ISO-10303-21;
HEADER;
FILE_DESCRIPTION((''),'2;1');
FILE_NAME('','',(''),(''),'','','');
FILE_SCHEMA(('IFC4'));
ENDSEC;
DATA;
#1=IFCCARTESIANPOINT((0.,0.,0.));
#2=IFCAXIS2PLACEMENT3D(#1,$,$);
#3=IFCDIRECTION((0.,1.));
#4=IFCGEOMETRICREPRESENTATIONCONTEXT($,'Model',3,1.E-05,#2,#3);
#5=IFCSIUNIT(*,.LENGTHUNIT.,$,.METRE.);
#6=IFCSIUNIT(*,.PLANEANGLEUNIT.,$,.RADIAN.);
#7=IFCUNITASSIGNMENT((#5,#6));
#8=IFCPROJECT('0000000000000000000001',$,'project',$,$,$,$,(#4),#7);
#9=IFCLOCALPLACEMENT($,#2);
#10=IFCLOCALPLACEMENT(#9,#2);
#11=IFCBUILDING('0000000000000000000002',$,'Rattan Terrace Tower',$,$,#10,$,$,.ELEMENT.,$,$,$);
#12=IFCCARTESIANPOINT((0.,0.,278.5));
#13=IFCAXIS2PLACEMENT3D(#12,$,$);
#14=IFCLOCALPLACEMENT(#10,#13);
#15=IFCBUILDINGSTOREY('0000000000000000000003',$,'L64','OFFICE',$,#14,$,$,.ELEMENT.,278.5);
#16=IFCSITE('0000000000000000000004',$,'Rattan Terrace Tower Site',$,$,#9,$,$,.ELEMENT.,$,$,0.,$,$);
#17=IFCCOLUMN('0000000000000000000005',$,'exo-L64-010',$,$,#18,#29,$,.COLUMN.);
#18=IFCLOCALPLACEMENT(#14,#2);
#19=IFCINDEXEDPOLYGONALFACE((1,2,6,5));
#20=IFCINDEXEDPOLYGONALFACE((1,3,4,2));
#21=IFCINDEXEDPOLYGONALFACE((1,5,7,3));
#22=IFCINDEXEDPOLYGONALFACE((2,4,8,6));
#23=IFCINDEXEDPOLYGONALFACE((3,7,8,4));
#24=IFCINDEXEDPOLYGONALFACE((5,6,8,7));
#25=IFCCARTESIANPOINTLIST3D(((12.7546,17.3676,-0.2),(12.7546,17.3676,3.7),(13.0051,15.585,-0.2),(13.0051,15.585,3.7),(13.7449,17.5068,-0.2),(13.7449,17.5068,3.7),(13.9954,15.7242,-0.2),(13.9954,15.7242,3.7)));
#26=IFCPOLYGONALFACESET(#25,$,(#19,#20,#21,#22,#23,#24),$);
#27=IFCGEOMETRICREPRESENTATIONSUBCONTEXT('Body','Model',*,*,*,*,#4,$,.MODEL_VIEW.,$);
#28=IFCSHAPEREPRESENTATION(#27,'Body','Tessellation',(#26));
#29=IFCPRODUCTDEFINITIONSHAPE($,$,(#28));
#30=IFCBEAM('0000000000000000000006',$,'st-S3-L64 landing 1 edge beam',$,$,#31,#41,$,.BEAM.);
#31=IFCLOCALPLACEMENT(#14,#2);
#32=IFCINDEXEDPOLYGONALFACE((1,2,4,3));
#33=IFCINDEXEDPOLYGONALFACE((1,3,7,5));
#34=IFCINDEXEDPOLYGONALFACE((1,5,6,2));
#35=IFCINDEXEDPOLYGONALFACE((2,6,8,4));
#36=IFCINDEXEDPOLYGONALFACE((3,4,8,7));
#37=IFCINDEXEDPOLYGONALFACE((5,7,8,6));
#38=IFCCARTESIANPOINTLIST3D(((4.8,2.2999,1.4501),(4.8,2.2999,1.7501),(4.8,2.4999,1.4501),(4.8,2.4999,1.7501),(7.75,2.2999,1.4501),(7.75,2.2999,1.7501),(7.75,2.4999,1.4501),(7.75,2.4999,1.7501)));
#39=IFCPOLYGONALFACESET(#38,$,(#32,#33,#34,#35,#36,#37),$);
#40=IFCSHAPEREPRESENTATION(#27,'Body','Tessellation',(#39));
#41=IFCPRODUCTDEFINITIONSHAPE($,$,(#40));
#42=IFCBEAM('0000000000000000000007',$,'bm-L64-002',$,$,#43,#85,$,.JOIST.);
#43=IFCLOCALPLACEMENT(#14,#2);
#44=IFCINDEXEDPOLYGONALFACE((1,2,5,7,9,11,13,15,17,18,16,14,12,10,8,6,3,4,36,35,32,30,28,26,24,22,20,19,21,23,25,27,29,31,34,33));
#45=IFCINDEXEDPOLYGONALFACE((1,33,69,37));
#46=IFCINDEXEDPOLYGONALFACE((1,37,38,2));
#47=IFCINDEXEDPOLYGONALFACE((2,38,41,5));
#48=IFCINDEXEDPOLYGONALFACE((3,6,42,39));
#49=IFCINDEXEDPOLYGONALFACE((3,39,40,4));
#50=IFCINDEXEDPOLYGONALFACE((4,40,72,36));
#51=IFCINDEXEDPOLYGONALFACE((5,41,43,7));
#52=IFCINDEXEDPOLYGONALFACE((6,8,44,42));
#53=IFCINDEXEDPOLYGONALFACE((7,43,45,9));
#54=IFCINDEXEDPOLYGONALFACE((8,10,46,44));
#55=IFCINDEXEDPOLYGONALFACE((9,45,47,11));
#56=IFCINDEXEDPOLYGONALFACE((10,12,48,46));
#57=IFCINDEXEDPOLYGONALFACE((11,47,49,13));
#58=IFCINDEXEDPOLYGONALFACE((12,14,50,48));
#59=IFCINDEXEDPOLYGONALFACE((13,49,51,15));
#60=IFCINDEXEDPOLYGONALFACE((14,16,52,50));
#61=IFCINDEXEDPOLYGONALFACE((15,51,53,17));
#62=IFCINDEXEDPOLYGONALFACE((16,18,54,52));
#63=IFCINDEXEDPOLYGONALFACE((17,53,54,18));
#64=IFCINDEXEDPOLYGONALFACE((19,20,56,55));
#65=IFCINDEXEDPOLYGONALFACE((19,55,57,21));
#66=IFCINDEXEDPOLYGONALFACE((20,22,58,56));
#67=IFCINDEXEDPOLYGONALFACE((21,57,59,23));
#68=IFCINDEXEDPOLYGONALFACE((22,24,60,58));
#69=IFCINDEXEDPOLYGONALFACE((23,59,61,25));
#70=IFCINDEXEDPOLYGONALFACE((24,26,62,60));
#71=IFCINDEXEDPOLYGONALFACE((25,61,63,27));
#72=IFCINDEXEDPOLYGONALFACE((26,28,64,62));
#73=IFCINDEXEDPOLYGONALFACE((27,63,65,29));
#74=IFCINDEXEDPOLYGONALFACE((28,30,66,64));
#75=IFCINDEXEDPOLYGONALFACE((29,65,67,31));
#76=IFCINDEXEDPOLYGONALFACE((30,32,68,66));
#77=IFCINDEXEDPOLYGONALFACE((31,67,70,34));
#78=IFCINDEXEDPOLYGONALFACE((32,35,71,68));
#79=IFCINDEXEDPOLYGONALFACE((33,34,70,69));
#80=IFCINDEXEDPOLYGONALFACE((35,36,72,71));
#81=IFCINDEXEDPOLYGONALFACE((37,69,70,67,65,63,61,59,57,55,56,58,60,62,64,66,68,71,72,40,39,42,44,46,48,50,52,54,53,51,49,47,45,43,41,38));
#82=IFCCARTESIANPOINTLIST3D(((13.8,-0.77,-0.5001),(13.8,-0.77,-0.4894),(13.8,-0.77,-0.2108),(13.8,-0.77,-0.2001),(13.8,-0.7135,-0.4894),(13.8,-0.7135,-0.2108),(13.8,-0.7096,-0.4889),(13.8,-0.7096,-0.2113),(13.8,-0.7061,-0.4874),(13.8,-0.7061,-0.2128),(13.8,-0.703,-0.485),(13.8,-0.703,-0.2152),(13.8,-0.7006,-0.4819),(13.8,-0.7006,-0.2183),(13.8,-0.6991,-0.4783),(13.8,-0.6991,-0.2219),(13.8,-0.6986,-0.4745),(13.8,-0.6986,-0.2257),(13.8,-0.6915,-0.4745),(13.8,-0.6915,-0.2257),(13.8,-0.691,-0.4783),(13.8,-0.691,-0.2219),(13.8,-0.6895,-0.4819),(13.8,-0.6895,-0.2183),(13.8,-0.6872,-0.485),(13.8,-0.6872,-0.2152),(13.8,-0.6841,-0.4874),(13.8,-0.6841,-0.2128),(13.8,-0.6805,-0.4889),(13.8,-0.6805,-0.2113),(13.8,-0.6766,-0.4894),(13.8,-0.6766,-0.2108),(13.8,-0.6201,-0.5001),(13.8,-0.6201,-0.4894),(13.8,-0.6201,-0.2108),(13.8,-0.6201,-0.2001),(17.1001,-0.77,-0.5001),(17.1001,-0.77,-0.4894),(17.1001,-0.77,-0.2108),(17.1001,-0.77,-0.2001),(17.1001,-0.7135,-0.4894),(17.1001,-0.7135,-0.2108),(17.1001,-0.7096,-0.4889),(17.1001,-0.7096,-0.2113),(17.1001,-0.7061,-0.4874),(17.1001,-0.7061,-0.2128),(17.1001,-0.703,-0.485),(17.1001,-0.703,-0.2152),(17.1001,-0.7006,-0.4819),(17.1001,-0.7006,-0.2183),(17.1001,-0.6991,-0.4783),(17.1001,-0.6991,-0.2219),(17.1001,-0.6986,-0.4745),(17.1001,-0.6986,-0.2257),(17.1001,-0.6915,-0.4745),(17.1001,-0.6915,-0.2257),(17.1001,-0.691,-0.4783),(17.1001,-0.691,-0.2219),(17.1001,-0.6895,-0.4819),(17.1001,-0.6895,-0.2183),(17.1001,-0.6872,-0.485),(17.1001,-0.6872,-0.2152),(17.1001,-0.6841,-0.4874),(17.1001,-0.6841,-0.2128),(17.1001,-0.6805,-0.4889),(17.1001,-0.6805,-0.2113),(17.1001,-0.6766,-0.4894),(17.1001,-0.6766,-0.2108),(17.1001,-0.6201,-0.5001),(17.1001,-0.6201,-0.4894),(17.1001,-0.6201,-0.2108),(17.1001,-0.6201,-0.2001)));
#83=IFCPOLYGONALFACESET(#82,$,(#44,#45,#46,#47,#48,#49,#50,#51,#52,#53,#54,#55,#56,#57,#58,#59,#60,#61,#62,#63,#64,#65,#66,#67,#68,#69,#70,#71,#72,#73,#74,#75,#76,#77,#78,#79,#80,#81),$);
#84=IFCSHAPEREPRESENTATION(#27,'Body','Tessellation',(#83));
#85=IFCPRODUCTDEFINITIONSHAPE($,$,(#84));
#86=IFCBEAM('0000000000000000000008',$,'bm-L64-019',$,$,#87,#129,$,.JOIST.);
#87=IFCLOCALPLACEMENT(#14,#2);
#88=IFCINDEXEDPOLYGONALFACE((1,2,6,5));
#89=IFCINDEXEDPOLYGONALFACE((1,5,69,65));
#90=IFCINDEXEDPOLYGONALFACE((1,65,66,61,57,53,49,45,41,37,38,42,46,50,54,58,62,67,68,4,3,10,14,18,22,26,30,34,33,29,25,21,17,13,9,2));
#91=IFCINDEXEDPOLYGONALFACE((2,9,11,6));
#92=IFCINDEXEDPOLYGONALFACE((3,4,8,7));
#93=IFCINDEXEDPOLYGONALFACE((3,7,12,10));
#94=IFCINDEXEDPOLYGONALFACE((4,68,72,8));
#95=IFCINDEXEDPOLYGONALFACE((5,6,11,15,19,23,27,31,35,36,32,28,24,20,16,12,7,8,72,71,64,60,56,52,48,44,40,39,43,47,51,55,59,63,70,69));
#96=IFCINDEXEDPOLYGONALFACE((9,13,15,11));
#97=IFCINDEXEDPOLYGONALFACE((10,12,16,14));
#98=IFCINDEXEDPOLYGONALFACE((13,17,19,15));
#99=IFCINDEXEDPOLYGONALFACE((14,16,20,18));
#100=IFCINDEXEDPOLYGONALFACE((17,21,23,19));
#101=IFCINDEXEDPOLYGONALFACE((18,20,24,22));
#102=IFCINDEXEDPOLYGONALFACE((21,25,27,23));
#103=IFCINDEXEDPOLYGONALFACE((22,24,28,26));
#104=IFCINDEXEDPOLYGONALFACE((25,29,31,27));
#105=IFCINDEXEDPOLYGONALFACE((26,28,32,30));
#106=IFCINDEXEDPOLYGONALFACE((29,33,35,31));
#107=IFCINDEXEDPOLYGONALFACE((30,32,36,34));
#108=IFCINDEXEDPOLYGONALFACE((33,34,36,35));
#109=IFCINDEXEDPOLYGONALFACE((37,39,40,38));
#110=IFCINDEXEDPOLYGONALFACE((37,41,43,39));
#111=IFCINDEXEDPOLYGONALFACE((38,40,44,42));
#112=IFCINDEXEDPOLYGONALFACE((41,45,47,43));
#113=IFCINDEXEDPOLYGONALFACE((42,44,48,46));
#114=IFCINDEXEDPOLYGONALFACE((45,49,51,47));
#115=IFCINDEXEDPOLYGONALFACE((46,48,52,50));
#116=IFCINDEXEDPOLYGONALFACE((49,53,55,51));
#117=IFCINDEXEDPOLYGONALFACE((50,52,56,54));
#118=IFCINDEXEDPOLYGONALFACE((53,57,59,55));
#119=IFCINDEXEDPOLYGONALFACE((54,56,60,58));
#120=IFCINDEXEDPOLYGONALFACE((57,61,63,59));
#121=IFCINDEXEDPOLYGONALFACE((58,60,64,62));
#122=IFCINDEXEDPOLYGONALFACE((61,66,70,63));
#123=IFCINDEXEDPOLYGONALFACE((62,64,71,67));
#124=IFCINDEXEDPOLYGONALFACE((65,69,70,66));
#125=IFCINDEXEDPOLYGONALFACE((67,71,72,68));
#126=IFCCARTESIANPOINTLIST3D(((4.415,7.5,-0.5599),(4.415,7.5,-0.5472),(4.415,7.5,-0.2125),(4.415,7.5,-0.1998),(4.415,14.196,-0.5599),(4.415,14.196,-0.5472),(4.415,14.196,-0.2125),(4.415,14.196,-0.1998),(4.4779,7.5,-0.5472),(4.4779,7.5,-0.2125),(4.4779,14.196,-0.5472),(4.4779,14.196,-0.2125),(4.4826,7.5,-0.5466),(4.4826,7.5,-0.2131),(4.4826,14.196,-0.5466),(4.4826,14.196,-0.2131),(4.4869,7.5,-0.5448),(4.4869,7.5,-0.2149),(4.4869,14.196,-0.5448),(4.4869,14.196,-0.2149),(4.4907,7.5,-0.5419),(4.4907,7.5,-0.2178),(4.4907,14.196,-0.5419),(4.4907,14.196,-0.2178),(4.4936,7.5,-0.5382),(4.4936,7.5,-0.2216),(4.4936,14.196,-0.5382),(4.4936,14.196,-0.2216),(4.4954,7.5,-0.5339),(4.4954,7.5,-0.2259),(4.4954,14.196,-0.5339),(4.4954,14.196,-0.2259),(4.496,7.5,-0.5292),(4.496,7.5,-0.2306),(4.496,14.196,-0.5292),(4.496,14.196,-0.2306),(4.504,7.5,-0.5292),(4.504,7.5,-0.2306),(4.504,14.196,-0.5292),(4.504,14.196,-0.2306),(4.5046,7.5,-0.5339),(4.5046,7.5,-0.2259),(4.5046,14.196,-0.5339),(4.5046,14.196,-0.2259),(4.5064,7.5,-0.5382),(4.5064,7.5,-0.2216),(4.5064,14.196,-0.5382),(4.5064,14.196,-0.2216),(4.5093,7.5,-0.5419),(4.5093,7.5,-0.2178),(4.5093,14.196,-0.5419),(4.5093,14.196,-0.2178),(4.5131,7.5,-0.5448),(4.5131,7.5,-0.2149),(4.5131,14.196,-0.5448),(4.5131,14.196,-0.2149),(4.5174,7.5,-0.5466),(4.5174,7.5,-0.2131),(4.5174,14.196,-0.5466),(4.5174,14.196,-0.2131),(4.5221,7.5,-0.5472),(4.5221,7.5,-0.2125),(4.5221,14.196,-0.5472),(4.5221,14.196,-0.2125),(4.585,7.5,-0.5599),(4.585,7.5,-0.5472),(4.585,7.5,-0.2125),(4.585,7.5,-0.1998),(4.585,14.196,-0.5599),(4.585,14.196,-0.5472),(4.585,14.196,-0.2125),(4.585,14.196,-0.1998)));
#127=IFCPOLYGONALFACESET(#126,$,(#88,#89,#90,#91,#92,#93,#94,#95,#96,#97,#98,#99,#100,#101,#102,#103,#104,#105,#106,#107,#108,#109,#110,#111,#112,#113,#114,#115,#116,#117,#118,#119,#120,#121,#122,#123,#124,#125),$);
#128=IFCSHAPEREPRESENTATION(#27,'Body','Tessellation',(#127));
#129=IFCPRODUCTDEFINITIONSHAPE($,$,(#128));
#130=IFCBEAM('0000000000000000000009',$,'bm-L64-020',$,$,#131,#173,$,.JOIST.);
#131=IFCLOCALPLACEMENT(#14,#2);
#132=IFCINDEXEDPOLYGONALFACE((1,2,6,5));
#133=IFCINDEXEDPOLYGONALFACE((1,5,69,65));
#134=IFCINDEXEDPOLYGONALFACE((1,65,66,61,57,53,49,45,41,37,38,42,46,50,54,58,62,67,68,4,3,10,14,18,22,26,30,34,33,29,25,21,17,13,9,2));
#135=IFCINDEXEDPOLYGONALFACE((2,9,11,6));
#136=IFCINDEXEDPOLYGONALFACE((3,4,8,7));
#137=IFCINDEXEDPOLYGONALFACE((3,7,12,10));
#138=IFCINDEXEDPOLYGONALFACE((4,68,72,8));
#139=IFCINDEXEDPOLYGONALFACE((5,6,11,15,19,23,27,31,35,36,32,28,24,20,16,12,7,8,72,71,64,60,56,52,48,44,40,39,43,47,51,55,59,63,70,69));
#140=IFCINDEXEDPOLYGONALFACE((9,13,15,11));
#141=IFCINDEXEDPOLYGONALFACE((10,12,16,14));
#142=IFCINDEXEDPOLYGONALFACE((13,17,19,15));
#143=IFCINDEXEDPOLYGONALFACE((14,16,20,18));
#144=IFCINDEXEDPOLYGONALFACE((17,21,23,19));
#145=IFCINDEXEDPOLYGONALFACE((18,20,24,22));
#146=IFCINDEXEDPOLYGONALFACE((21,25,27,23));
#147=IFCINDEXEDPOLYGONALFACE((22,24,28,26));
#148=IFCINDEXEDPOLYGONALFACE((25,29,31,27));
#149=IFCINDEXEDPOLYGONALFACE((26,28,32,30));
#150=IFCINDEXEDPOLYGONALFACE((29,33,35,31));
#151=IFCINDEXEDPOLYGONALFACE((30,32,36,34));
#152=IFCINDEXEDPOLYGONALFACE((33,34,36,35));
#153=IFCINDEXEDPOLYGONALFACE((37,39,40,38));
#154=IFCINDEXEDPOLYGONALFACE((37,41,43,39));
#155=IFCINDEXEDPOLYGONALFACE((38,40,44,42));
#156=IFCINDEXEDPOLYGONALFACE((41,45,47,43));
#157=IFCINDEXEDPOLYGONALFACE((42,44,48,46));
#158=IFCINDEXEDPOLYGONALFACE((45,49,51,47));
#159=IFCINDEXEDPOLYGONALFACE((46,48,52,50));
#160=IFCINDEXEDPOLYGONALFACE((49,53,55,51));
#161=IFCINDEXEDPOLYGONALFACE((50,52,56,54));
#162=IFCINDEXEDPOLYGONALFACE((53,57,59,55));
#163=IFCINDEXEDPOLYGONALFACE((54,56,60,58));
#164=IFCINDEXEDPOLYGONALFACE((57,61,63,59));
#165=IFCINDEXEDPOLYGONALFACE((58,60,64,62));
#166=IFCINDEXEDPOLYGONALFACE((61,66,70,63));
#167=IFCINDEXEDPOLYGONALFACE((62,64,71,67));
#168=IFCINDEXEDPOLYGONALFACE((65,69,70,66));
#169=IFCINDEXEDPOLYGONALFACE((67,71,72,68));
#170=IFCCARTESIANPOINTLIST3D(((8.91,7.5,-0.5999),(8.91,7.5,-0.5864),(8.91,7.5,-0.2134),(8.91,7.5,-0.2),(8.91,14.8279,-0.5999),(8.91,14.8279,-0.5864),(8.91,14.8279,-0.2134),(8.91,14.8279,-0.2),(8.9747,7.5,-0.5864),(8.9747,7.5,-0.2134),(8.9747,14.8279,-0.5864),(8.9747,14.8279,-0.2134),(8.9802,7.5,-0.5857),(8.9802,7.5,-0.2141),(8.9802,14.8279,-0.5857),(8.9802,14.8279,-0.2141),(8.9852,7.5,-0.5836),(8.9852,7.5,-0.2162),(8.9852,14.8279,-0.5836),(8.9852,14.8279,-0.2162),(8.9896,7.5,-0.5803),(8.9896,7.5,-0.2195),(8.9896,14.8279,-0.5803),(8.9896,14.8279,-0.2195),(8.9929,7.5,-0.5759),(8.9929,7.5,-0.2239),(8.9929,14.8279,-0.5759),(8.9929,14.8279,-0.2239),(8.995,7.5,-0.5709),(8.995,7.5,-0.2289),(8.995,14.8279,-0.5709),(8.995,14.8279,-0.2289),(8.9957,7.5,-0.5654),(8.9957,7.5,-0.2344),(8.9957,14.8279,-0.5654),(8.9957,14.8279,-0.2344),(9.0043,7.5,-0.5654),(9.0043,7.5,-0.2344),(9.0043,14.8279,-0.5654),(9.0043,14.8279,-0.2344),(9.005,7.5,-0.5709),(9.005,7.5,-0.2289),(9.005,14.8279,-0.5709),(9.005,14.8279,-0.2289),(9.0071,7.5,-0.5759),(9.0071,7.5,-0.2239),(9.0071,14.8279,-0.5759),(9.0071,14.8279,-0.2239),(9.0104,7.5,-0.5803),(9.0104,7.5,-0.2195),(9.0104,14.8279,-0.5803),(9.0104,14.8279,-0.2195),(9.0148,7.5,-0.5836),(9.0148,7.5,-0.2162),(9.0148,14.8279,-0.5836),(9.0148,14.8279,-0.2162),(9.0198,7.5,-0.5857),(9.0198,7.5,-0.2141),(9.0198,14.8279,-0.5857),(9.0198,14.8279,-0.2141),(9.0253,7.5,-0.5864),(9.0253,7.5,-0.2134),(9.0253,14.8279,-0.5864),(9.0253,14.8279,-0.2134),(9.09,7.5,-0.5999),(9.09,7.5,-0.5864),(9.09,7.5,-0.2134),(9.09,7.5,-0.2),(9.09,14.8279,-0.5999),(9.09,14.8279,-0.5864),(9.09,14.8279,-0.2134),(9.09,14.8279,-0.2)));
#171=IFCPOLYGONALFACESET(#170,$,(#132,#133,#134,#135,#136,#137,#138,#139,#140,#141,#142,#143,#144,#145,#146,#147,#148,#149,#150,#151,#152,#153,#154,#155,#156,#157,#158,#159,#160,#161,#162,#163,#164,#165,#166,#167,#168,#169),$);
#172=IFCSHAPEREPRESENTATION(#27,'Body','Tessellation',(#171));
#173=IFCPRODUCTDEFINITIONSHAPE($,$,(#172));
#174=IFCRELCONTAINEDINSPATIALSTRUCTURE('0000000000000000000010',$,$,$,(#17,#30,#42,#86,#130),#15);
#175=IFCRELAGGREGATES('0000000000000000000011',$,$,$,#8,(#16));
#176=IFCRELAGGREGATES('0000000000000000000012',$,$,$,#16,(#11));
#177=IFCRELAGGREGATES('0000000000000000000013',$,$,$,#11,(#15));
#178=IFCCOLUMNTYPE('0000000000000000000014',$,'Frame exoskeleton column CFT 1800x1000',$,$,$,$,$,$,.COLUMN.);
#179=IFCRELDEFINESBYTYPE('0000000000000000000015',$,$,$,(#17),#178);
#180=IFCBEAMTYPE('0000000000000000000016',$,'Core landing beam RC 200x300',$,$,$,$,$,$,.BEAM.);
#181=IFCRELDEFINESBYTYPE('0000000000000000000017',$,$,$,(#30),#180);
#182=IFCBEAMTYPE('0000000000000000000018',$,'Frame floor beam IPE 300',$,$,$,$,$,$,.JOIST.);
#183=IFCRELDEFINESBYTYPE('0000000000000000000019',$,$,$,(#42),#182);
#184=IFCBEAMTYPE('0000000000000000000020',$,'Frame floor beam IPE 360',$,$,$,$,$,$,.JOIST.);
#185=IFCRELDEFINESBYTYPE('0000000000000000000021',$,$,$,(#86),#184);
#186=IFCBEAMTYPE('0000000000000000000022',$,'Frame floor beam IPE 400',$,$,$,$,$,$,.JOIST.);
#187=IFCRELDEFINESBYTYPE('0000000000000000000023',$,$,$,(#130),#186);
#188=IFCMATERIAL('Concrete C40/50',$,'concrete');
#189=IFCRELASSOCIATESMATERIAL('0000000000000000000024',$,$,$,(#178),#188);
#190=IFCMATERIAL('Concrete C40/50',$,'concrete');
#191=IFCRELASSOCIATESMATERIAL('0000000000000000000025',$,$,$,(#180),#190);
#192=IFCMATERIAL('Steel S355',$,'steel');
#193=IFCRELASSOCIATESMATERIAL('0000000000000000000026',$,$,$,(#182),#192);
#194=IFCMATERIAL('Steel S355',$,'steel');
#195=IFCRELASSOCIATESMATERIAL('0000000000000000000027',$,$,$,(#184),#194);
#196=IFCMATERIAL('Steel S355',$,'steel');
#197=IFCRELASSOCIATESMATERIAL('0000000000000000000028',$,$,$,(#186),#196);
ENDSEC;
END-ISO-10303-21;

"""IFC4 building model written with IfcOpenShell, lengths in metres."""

from ifc_helpers import new_model, si_unit, direction, frame, origin, origin_2d, place, context, subcontext, project, spatial, rectangle, i_section, extrude, material, material_profile, profile_set, type_object, element, save


model = new_model("IFC4")

# Units and contexts
model_context = context("Model", 3, precision=1e-05, world=origin(), true_north=direction((0.0, 1.0)))
body_context = subcontext(model_context, "Body", "Model", "MODEL_VIEW")
ifc_project = project(units=[si_unit("LENGTHUNIT", "METRE"), si_unit("PLANEANGLEUNIT", "RADIAN")], contexts=[model_context])

# Site, building, storey
site_placement = place(None, origin())
site = spatial("IfcSite", under=ifc_project, at=site_placement, Name="Rattan Terrace Tower Site", CompositionType="ELEMENT", RefElevation=0.0)
building_placement = place(site_placement, origin())
building = spatial("IfcBuilding", under=site, at=building_placement, Name="Rattan Terrace Tower", CompositionType="ELEMENT")
storey_placement = place(building_placement, frame((0.0, 0.0, 278.5)))
storey = spatial("IfcBuildingStorey", under=building, at=storey_placement, Name="L64", Description="OFFICE", CompositionType="ELEMENT", Elevation=278.5)

# Column
ifc_material_1 = material(Name="Concrete C40/50", Category="concrete")
ifc_material_profile_1 = material_profile(ifc_material_1, rectangle(XDim=1.0, YDim=1.8, at=origin_2d()), Name="CFT 1800x1000")
ifc_profile_set_1 = profile_set([ifc_material_profile_1], Name="Concrete C40/50")
column_type = type_object("IfcColumnType", Name="Frame exoskeleton column CFT 1800x1000", PredefinedType="COLUMN", material=ifc_profile_set_1)
column_placement = place(storey_placement, frame((13.375, 16.5459, -0.2), z_axis=(0.0, 0.0, 1.0), x_axis=(0.990266, 0.13919, 0.0)))
element("IfcColumn", 1, at=column_placement, inside=storey, type_object=column_type, Name="exo-L64-010", PredefinedType="COLUMN", context=body_context, shape_type="SweptSolid", body=[
    extrude(rectangle(XDim=1.0, YDim=1.8, at=origin_2d()), origin(), (0.0, 0.0, 1.0), 3.8999),
])

# Beams
ifc_material_2 = material(Name="Concrete C40/50", Category="concrete")
ifc_material_profile_2 = material_profile(ifc_material_2, rectangle(XDim=0.2, YDim=0.3, at=origin_2d()), Name="RC 200x300")
ifc_profile_set_2 = profile_set([ifc_material_profile_2], Name="Concrete C40/50")
beam_type_1 = type_object("IfcBeamType", Name="Core landing beam RC 200x300", PredefinedType="BEAM", material=ifc_profile_set_2)
beam_1_placement = place(storey_placement, frame((4.8, 2.3999, 1.6001), z_axis=(1.0, 0.0, 0.0), x_axis=(0.0, 1.0, 0.0)))
element("IfcBeam", 2, at=beam_1_placement, inside=storey, type_object=beam_type_1, Name="st-S3-L64 landing 1 edge beam", PredefinedType="BEAM", context=body_context, shape_type="SweptSolid", body=[
    extrude(rectangle(XDim=0.2, YDim=0.3, at=origin_2d()), origin(), (0.0, 0.0, 1.0), 2.95),
])
ifc_material_3 = material(Name="Steel S355", Category="steel")
ifc_material_profile_3 = material_profile(ifc_material_3, i_section(OverallWidth=0.1499, OverallDepth=0.3, WebThickness=0.0071, FlangeThickness=0.0107, FilletRadius=0.0149, at=origin_2d()), Name="IPE 300")
ifc_profile_set_3 = profile_set([ifc_material_profile_3], Name="Steel S355")
beam_type_2 = type_object("IfcBeamType", Name="Frame floor beam IPE 300", PredefinedType="JOIST", material=ifc_profile_set_3)
beam_2_placement = place(storey_placement, frame((13.8, -0.6951, -0.3501), z_axis=(1.0, 0.0, 0.0), x_axis=(0.0, 1.0, 0.0)))
element("IfcBeam", 3, at=beam_2_placement, inside=storey, type_object=beam_type_2, Name="bm-L64-002", PredefinedType="JOIST", context=body_context, shape_type="SweptSolid", body=[
    extrude(i_section(OverallWidth=0.1499, OverallDepth=0.3, WebThickness=0.0071, FlangeThickness=0.0107, FilletRadius=0.0149, at=origin_2d()), origin(), (0.0, 0.0, 1.0), 3.3),
])
ifc_material_4 = material(Name="Steel S355", Category="steel")
ifc_material_profile_4 = material_profile(ifc_material_4, i_section(OverallWidth=0.1699, OverallDepth=0.3601, WebThickness=0.0081, FlangeThickness=0.0127, FilletRadius=0.0181, at=origin_2d()), Name="IPE 360")
ifc_profile_set_4 = profile_set([ifc_material_profile_4], Name="Steel S355")
beam_type_3 = type_object("IfcBeamType", Name="Frame floor beam IPE 360", PredefinedType="JOIST", material=ifc_profile_set_4)
beam_3_placement = place(storey_placement, frame((4.5, 7.5, -0.3799), z_axis=(0.0, 1.0, 0.0), x_axis=(-1.0, 0.0, 0.0)))
element("IfcBeam", 4, at=beam_3_placement, inside=storey, type_object=beam_type_3, Name="bm-L64-019", PredefinedType="JOIST", context=body_context, shape_type="SweptSolid", body=[
    extrude(i_section(OverallWidth=0.1699, OverallDepth=0.3601, WebThickness=0.0081, FlangeThickness=0.0127, FilletRadius=0.0181, at=origin_2d()), origin(), (0.0, 0.0, 1.0), 6.696),
])
ifc_material_5 = material(Name="Steel S355", Category="steel")
ifc_material_profile_5 = material_profile(ifc_material_5, i_section(OverallWidth=0.1799, OverallDepth=0.3999, WebThickness=0.0085, FlangeThickness=0.0134, FilletRadius=0.021, at=origin_2d()), Name="IPE 400")
ifc_profile_set_5 = profile_set([ifc_material_profile_5], Name="Steel S355")
beam_type_4 = type_object("IfcBeamType", Name="Frame floor beam IPE 400", PredefinedType="JOIST", material=ifc_profile_set_5)
beam_4_placement = place(storey_placement, frame((9.0, 7.5, -0.3999), z_axis=(0.0, 1.0, 0.0), x_axis=(-1.0, 0.0, 0.0)))
element("IfcBeam", 5, at=beam_4_placement, inside=storey, type_object=beam_type_4, Name="bm-L64-020", PredefinedType="JOIST", context=body_context, shape_type="SweptSolid", body=[
    extrude(i_section(OverallWidth=0.1799, OverallDepth=0.3999, WebThickness=0.0085, FlangeThickness=0.0134, FilletRadius=0.021, at=origin_2d()), origin(), (0.0, 0.0, 1.0), 7.3279),
])

save(model, "model.ifc")
